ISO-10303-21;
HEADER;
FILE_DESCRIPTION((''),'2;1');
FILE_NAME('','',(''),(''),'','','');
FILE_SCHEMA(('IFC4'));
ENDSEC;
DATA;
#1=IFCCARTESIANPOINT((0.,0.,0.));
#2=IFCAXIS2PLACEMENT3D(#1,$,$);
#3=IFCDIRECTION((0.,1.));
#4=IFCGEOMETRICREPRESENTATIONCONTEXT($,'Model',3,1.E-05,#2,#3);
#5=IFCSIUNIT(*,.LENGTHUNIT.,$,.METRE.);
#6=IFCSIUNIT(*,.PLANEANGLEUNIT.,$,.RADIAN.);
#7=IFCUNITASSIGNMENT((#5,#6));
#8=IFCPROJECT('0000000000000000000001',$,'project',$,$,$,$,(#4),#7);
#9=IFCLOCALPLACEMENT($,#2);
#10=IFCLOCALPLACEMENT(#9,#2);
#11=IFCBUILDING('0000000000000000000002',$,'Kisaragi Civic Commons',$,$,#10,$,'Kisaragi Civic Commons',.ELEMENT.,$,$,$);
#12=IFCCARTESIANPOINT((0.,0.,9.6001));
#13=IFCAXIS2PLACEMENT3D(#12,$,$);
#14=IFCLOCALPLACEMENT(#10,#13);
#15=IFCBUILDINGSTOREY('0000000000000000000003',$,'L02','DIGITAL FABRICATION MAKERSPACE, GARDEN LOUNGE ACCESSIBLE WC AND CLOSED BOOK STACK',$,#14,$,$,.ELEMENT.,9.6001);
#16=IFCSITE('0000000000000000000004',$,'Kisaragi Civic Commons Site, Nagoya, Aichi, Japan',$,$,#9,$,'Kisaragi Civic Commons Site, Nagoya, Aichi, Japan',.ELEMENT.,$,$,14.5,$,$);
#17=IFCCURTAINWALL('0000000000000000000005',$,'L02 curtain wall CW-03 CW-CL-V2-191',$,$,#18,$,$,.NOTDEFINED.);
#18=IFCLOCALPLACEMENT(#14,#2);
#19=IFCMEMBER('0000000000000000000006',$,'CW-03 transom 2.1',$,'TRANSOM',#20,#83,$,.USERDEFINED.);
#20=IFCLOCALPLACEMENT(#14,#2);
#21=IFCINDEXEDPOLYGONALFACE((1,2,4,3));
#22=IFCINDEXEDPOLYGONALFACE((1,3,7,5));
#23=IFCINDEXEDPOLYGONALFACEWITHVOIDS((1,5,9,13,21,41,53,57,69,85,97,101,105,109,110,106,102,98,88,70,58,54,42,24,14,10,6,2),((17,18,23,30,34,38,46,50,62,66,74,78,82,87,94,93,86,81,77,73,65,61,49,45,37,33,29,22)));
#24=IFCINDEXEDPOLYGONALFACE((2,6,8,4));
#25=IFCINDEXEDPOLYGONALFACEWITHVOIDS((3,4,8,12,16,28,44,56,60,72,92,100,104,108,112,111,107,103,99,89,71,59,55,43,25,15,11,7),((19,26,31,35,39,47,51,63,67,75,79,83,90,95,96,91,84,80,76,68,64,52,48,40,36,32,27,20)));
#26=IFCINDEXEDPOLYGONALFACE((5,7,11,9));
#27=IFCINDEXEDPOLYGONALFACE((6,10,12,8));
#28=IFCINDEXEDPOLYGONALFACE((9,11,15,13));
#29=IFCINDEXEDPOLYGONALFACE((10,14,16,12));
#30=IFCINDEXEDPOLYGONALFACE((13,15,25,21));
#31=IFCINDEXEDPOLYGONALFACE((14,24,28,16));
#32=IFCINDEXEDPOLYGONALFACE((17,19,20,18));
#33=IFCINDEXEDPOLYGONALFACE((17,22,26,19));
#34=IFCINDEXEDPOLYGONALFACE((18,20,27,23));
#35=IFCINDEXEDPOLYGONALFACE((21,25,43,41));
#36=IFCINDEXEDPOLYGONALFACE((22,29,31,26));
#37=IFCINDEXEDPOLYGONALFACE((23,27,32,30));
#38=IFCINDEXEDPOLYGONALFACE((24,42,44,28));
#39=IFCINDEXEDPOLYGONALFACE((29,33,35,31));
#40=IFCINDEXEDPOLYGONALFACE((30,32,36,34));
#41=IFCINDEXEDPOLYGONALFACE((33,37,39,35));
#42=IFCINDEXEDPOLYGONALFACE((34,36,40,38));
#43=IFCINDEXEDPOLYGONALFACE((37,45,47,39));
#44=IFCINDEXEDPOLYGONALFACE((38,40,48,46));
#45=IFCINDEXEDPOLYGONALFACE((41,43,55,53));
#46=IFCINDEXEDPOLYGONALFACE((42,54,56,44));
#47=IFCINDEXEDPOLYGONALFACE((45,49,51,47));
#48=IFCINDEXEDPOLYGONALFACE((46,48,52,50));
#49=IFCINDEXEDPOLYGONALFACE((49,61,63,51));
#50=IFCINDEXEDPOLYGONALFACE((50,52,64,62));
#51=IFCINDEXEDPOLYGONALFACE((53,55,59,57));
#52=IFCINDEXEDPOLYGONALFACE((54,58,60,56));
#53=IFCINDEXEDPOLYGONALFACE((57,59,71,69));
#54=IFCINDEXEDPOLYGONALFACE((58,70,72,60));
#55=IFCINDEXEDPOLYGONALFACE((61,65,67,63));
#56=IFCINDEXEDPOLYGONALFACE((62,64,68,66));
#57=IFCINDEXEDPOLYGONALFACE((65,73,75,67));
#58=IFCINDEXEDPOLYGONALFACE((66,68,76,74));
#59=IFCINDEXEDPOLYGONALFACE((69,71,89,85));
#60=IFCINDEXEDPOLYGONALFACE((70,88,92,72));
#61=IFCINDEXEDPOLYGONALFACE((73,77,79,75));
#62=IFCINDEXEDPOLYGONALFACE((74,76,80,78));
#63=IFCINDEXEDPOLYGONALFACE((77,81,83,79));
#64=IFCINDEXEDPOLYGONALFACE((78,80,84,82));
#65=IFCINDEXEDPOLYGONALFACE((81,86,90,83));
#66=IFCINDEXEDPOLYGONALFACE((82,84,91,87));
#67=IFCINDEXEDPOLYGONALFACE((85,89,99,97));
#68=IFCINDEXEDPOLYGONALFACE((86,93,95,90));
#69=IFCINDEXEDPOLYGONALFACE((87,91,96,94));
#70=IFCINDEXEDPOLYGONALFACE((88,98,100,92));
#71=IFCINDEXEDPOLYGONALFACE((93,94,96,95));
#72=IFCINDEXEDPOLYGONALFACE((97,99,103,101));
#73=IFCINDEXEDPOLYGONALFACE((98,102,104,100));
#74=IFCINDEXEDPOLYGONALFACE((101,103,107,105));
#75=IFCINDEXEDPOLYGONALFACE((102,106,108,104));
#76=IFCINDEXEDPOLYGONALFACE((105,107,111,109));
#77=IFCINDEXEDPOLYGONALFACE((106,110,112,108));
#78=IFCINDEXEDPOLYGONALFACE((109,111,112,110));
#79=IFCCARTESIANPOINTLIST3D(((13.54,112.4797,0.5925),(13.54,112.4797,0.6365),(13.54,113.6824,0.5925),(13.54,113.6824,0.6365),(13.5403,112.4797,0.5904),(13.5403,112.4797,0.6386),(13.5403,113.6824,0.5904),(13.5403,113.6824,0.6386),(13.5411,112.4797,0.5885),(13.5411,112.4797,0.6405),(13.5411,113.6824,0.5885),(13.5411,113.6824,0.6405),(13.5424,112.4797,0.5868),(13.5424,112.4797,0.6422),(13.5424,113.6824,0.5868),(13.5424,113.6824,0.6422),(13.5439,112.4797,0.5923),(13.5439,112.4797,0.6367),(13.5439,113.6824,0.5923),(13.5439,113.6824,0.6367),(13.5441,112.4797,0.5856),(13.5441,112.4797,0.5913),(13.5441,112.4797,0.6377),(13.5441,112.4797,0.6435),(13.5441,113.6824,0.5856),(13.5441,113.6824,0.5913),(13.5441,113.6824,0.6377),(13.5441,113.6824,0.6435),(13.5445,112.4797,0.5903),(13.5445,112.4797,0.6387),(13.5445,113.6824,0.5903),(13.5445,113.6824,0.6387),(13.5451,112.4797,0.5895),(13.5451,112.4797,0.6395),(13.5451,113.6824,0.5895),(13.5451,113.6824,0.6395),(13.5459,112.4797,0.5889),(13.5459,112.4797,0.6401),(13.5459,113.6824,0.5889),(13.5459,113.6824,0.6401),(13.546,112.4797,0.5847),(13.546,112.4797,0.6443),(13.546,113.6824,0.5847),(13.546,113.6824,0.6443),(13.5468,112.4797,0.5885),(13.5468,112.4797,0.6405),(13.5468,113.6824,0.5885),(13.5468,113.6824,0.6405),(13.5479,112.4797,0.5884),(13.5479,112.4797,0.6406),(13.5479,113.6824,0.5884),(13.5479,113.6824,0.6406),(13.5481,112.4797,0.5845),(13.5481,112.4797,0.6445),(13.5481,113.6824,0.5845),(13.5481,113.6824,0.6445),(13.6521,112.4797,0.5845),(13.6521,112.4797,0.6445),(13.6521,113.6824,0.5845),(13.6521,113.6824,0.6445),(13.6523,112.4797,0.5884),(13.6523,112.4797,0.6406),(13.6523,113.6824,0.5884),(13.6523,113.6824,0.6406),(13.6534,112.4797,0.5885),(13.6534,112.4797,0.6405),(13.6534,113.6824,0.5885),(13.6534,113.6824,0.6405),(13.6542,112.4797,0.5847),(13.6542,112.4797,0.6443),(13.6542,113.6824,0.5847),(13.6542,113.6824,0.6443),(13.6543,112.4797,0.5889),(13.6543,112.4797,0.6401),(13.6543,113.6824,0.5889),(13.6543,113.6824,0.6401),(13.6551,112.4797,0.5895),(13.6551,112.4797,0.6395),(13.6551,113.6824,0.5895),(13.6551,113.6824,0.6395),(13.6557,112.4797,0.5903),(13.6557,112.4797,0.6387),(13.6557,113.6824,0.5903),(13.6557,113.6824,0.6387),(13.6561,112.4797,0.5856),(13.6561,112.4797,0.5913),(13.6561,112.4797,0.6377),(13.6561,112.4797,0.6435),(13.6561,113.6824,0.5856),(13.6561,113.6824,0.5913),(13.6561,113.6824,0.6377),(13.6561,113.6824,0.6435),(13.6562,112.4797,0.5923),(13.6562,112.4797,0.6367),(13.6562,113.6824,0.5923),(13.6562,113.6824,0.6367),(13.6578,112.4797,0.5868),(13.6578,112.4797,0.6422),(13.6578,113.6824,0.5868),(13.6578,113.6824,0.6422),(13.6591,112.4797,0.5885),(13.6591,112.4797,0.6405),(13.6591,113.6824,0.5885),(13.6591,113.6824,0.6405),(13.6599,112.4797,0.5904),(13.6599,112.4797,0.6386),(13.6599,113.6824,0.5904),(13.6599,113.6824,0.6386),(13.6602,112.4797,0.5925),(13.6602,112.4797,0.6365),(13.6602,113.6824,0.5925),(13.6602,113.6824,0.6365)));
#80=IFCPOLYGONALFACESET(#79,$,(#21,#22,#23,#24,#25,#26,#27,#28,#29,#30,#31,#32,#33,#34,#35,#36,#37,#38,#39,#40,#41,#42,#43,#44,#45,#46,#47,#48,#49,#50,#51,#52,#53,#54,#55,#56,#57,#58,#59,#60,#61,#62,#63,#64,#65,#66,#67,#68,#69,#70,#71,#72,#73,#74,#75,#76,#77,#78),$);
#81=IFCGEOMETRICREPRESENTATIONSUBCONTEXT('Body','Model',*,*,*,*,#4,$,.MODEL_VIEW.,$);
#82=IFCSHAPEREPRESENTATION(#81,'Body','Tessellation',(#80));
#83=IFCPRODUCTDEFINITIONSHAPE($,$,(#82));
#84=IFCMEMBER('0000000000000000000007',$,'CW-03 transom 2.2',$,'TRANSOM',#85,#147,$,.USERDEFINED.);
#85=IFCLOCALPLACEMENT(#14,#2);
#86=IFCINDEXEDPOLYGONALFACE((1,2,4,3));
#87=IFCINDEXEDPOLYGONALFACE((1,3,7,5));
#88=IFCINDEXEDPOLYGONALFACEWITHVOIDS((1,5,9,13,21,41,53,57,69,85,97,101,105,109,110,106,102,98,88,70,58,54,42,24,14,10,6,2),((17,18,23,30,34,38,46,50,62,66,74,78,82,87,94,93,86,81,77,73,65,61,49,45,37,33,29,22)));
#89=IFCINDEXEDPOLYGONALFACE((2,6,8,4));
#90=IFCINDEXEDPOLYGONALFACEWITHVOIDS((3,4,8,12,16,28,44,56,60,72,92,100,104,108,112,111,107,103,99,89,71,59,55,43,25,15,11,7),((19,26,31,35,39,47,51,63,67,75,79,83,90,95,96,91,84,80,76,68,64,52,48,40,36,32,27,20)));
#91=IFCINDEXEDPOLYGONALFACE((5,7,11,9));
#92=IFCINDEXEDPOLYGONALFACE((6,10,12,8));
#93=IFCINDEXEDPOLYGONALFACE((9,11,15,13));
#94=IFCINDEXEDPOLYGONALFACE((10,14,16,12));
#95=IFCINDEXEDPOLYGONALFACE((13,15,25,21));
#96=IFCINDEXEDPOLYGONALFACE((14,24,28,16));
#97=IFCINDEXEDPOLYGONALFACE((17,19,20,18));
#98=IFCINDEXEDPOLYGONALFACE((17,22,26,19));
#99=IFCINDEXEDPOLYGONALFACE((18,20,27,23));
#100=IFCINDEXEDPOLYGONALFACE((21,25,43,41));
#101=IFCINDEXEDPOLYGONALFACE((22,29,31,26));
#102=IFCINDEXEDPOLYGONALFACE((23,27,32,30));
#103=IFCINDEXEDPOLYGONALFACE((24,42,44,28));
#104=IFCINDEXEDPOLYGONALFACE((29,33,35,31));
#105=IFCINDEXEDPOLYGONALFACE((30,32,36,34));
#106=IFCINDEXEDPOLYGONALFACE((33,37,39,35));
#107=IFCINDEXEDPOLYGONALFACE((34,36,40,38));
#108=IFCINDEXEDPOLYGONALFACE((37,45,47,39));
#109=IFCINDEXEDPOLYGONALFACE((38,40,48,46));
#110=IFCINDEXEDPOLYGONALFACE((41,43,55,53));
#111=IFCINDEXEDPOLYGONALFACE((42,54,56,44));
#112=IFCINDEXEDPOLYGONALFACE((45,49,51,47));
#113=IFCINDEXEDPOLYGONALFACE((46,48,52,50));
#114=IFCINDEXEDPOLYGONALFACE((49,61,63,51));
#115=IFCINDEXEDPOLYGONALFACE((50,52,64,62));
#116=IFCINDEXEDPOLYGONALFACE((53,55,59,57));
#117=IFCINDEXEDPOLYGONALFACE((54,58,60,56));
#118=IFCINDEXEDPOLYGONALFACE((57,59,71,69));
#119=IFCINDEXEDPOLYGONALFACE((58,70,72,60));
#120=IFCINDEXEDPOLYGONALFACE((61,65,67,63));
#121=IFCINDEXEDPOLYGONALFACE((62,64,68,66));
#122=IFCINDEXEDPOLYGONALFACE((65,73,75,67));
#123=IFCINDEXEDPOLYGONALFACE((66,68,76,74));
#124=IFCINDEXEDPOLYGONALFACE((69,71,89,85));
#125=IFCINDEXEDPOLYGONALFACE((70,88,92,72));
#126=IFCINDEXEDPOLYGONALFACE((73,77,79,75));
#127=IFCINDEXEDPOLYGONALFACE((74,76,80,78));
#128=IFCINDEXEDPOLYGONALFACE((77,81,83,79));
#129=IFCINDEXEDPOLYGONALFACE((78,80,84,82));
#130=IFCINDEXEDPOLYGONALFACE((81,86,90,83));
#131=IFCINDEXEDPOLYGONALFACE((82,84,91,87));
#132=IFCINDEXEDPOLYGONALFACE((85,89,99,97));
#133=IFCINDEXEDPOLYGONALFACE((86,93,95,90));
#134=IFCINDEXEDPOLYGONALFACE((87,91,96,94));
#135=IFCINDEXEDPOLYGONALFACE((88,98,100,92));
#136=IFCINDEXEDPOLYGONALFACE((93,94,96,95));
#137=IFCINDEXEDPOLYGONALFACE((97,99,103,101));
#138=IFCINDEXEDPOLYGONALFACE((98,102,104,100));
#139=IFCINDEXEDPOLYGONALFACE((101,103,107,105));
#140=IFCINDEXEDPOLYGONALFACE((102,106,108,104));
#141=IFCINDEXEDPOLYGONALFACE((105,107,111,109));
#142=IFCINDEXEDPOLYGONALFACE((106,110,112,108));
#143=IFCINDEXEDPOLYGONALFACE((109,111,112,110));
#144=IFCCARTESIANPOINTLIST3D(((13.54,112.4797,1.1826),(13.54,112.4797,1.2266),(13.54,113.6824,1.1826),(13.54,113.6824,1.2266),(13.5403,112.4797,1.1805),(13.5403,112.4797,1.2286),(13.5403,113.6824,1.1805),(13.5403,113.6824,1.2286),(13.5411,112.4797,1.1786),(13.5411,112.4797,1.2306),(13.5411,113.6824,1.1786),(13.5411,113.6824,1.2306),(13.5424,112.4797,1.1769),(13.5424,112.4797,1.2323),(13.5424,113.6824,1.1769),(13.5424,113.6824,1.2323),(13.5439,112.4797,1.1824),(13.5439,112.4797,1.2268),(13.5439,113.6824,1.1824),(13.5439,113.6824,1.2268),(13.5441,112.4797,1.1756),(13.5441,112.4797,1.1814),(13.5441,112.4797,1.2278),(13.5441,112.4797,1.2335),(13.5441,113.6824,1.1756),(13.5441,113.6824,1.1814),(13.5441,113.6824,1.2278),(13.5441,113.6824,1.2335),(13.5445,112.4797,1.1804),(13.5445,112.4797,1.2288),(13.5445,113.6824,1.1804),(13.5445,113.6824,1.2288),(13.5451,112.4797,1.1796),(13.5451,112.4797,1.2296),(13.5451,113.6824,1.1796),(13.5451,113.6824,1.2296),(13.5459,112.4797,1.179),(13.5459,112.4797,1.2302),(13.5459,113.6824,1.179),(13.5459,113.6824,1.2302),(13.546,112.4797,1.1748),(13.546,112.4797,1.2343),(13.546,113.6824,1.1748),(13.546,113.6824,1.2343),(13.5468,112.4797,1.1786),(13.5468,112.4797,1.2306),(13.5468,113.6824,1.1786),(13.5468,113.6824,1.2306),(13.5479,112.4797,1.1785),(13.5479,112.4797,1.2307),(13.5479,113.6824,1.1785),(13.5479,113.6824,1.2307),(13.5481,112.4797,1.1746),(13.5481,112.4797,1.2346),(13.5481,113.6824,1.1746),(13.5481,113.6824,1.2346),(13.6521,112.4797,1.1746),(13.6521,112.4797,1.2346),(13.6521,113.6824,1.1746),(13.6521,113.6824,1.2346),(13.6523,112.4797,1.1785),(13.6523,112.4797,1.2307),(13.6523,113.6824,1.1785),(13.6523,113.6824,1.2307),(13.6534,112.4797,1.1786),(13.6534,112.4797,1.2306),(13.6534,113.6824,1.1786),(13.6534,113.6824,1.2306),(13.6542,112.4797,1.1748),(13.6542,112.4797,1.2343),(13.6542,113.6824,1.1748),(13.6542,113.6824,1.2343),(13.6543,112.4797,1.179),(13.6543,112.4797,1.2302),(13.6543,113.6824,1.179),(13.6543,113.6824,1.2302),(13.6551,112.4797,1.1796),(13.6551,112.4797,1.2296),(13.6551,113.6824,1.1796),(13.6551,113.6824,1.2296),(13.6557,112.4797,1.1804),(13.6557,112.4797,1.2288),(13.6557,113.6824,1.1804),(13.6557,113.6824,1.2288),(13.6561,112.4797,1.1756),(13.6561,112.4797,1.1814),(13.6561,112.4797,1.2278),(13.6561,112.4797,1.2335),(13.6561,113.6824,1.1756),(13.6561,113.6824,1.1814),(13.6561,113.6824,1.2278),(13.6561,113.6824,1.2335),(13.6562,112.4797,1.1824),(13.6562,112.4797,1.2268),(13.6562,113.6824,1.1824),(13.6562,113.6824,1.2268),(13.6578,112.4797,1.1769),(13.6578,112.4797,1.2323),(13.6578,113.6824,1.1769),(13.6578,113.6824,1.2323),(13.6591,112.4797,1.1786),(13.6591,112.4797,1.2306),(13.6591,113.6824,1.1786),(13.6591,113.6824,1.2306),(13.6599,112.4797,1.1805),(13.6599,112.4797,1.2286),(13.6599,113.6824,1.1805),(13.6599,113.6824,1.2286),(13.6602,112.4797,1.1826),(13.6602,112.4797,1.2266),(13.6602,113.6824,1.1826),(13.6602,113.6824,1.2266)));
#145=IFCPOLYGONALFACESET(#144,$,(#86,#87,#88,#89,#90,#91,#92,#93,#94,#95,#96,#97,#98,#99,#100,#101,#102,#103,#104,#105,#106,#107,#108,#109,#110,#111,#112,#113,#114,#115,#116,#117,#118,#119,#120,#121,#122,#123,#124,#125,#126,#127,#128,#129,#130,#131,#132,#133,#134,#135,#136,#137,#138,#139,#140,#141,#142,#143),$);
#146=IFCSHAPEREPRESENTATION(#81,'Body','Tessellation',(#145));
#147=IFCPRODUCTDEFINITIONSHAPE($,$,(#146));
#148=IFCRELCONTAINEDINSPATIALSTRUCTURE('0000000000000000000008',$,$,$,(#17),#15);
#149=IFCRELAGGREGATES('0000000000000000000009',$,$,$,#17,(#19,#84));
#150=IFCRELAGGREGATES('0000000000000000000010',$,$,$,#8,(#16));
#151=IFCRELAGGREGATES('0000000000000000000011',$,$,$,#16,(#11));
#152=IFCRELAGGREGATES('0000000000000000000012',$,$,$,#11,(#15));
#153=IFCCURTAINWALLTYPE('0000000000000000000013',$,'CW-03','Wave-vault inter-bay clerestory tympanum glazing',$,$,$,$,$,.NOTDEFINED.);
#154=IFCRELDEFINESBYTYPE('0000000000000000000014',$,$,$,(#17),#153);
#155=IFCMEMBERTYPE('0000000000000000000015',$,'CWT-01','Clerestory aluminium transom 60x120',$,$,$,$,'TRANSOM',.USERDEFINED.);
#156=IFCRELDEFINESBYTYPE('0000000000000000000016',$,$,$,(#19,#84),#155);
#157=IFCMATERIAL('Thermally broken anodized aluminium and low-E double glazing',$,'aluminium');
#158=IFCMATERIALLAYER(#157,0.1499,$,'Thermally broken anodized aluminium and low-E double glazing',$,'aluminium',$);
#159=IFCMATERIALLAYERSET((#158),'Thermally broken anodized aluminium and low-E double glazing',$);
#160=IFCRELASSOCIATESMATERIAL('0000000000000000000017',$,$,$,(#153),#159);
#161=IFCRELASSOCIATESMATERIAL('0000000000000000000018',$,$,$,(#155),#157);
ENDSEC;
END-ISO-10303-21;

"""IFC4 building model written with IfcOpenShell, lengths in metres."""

from ifc_helpers import new_model, si_unit, direction, frame, origin, origin_2d, place, context, subcontext, project, spatial, hollow_rectangle, extrude, material, layer, layer_set, material_profile, profile_set, type_object, element, aggregate, save


model = new_model("IFC4")

# Units and contexts
model_context = context("Model", 3, precision=1e-05, world=origin(), true_north=direction((0.0, 1.0)))
body_context = subcontext(model_context, "Body", "Model", "MODEL_VIEW")
ifc_project = project(units=[si_unit("LENGTHUNIT", "METRE"), si_unit("PLANEANGLEUNIT", "RADIAN")], contexts=[model_context])

# Site, building, storey
site_placement = place(None, origin())
site = spatial("IfcSite", under=ifc_project, at=site_placement, Name="Kisaragi Civic Commons Site, Nagoya, Aichi, Japan", LongName="Kisaragi Civic Commons Site, Nagoya, Aichi, Japan", CompositionType="ELEMENT", RefElevation=14.5)
building_placement = place(site_placement, origin())
building = spatial("IfcBuilding", under=site, at=building_placement, Name="Kisaragi Civic Commons", LongName="Kisaragi Civic Commons", CompositionType="ELEMENT")
storey_placement = place(building_placement, frame((0.0, 0.0, 9.6001)))
storey = spatial("IfcBuildingStorey", under=building, at=storey_placement, Name="L02", Description="DIGITAL FABRICATION MAKERSPACE, GARDEN LOUNGE ACCESSIBLE WC AND CLOSED BOOK STACK", CompositionType="ELEMENT", Elevation=9.6001)

# Curtain wall
ifc_material_1 = material(Name="Thermally broken anodized aluminium and low-E double glazing", Category="aluminium")
ifc_layer_1 = layer(ifc_material_1, 0.1499, Name="Thermally broken anodized aluminium and low-E double glazing", Category="aluminium")
ifc_layer_set_1 = layer_set([ifc_layer_1], Name="Thermally broken anodized aluminium and low-E double glazing")
curtain_wall_type = type_object("IfcCurtainWallType", Name="CW-03", Description="Wave-vault inter-bay clerestory tympanum glazing", PredefinedType="NOTDEFINED", material=ifc_layer_set_1)
curtain_wall_1_placement = place(storey_placement, origin())
curtain_wall_1 = element("IfcCurtainWall", 1, at=curtain_wall_1_placement, inside=storey, type_object=curtain_wall_type, Name="L02 curtain wall CW-03 CW-CL-V2-191", PredefinedType="NOTDEFINED")

# Members
ifc_material_profile_1 = material_profile(ifc_material_1, hollow_rectangle(XDim=0.1201, YDim=0.0601, WallThickness=0.0039, InnerFilletRadius=0.0039, OuterFilletRadius=0.0081, at=origin_2d()), Name="CWT-60x120x4", Category="aluminium")
ifc_profile_set_1 = profile_set([ifc_material_profile_1], Name="Thermally broken anodized aluminium and low-E double glazing")
member_type_1 = type_object("IfcMemberType", Name="CWT-01", Description="Clerestory aluminium transom 60x120", ElementType="TRANSOM", PredefinedType="USERDEFINED", material=ifc_profile_set_1)
member_1_placement = place(storey_placement, frame((13.6001, 112.4797, 0.6145), z_axis=(0.0, 1.0, 0.0), x_axis=(-1.0, 0.0, 0.0)))
member_1 = element("IfcMember", 2, at=member_1_placement, type_object=member_type_1, Name="CW-03 transom 2.1", ObjectType="TRANSOM", PredefinedType="USERDEFINED", context=body_context, shape_type="SweptSolid", body=[
    extrude(hollow_rectangle(XDim=0.1201, YDim=0.0601, WallThickness=0.0039, InnerFilletRadius=0.0039, OuterFilletRadius=0.0081, at=origin_2d()), origin(), (0.0, 0.0, 1.0), 1.2026),
])
member_2_placement = place(storey_placement, frame((13.6001, 112.4797, 1.2046), z_axis=(0.0, 1.0, 0.0), x_axis=(-1.0, 0.0, 0.0)))
member_2 = element("IfcMember", 3, at=member_2_placement, type_object=member_type_1, Name="CW-03 transom 2.2", ObjectType="TRANSOM", PredefinedType="USERDEFINED", context=body_context, shape_type="SweptSolid", body=[
    extrude(hollow_rectangle(XDim=0.1201, YDim=0.0601, WallThickness=0.0039, InnerFilletRadius=0.0039, OuterFilletRadius=0.0081, at=origin_2d()), origin(), (0.0, 0.0, 1.0), 1.2026),
])

aggregate(curtain_wall_1, [member_1, member_2])

save(model, "model.ifc")
